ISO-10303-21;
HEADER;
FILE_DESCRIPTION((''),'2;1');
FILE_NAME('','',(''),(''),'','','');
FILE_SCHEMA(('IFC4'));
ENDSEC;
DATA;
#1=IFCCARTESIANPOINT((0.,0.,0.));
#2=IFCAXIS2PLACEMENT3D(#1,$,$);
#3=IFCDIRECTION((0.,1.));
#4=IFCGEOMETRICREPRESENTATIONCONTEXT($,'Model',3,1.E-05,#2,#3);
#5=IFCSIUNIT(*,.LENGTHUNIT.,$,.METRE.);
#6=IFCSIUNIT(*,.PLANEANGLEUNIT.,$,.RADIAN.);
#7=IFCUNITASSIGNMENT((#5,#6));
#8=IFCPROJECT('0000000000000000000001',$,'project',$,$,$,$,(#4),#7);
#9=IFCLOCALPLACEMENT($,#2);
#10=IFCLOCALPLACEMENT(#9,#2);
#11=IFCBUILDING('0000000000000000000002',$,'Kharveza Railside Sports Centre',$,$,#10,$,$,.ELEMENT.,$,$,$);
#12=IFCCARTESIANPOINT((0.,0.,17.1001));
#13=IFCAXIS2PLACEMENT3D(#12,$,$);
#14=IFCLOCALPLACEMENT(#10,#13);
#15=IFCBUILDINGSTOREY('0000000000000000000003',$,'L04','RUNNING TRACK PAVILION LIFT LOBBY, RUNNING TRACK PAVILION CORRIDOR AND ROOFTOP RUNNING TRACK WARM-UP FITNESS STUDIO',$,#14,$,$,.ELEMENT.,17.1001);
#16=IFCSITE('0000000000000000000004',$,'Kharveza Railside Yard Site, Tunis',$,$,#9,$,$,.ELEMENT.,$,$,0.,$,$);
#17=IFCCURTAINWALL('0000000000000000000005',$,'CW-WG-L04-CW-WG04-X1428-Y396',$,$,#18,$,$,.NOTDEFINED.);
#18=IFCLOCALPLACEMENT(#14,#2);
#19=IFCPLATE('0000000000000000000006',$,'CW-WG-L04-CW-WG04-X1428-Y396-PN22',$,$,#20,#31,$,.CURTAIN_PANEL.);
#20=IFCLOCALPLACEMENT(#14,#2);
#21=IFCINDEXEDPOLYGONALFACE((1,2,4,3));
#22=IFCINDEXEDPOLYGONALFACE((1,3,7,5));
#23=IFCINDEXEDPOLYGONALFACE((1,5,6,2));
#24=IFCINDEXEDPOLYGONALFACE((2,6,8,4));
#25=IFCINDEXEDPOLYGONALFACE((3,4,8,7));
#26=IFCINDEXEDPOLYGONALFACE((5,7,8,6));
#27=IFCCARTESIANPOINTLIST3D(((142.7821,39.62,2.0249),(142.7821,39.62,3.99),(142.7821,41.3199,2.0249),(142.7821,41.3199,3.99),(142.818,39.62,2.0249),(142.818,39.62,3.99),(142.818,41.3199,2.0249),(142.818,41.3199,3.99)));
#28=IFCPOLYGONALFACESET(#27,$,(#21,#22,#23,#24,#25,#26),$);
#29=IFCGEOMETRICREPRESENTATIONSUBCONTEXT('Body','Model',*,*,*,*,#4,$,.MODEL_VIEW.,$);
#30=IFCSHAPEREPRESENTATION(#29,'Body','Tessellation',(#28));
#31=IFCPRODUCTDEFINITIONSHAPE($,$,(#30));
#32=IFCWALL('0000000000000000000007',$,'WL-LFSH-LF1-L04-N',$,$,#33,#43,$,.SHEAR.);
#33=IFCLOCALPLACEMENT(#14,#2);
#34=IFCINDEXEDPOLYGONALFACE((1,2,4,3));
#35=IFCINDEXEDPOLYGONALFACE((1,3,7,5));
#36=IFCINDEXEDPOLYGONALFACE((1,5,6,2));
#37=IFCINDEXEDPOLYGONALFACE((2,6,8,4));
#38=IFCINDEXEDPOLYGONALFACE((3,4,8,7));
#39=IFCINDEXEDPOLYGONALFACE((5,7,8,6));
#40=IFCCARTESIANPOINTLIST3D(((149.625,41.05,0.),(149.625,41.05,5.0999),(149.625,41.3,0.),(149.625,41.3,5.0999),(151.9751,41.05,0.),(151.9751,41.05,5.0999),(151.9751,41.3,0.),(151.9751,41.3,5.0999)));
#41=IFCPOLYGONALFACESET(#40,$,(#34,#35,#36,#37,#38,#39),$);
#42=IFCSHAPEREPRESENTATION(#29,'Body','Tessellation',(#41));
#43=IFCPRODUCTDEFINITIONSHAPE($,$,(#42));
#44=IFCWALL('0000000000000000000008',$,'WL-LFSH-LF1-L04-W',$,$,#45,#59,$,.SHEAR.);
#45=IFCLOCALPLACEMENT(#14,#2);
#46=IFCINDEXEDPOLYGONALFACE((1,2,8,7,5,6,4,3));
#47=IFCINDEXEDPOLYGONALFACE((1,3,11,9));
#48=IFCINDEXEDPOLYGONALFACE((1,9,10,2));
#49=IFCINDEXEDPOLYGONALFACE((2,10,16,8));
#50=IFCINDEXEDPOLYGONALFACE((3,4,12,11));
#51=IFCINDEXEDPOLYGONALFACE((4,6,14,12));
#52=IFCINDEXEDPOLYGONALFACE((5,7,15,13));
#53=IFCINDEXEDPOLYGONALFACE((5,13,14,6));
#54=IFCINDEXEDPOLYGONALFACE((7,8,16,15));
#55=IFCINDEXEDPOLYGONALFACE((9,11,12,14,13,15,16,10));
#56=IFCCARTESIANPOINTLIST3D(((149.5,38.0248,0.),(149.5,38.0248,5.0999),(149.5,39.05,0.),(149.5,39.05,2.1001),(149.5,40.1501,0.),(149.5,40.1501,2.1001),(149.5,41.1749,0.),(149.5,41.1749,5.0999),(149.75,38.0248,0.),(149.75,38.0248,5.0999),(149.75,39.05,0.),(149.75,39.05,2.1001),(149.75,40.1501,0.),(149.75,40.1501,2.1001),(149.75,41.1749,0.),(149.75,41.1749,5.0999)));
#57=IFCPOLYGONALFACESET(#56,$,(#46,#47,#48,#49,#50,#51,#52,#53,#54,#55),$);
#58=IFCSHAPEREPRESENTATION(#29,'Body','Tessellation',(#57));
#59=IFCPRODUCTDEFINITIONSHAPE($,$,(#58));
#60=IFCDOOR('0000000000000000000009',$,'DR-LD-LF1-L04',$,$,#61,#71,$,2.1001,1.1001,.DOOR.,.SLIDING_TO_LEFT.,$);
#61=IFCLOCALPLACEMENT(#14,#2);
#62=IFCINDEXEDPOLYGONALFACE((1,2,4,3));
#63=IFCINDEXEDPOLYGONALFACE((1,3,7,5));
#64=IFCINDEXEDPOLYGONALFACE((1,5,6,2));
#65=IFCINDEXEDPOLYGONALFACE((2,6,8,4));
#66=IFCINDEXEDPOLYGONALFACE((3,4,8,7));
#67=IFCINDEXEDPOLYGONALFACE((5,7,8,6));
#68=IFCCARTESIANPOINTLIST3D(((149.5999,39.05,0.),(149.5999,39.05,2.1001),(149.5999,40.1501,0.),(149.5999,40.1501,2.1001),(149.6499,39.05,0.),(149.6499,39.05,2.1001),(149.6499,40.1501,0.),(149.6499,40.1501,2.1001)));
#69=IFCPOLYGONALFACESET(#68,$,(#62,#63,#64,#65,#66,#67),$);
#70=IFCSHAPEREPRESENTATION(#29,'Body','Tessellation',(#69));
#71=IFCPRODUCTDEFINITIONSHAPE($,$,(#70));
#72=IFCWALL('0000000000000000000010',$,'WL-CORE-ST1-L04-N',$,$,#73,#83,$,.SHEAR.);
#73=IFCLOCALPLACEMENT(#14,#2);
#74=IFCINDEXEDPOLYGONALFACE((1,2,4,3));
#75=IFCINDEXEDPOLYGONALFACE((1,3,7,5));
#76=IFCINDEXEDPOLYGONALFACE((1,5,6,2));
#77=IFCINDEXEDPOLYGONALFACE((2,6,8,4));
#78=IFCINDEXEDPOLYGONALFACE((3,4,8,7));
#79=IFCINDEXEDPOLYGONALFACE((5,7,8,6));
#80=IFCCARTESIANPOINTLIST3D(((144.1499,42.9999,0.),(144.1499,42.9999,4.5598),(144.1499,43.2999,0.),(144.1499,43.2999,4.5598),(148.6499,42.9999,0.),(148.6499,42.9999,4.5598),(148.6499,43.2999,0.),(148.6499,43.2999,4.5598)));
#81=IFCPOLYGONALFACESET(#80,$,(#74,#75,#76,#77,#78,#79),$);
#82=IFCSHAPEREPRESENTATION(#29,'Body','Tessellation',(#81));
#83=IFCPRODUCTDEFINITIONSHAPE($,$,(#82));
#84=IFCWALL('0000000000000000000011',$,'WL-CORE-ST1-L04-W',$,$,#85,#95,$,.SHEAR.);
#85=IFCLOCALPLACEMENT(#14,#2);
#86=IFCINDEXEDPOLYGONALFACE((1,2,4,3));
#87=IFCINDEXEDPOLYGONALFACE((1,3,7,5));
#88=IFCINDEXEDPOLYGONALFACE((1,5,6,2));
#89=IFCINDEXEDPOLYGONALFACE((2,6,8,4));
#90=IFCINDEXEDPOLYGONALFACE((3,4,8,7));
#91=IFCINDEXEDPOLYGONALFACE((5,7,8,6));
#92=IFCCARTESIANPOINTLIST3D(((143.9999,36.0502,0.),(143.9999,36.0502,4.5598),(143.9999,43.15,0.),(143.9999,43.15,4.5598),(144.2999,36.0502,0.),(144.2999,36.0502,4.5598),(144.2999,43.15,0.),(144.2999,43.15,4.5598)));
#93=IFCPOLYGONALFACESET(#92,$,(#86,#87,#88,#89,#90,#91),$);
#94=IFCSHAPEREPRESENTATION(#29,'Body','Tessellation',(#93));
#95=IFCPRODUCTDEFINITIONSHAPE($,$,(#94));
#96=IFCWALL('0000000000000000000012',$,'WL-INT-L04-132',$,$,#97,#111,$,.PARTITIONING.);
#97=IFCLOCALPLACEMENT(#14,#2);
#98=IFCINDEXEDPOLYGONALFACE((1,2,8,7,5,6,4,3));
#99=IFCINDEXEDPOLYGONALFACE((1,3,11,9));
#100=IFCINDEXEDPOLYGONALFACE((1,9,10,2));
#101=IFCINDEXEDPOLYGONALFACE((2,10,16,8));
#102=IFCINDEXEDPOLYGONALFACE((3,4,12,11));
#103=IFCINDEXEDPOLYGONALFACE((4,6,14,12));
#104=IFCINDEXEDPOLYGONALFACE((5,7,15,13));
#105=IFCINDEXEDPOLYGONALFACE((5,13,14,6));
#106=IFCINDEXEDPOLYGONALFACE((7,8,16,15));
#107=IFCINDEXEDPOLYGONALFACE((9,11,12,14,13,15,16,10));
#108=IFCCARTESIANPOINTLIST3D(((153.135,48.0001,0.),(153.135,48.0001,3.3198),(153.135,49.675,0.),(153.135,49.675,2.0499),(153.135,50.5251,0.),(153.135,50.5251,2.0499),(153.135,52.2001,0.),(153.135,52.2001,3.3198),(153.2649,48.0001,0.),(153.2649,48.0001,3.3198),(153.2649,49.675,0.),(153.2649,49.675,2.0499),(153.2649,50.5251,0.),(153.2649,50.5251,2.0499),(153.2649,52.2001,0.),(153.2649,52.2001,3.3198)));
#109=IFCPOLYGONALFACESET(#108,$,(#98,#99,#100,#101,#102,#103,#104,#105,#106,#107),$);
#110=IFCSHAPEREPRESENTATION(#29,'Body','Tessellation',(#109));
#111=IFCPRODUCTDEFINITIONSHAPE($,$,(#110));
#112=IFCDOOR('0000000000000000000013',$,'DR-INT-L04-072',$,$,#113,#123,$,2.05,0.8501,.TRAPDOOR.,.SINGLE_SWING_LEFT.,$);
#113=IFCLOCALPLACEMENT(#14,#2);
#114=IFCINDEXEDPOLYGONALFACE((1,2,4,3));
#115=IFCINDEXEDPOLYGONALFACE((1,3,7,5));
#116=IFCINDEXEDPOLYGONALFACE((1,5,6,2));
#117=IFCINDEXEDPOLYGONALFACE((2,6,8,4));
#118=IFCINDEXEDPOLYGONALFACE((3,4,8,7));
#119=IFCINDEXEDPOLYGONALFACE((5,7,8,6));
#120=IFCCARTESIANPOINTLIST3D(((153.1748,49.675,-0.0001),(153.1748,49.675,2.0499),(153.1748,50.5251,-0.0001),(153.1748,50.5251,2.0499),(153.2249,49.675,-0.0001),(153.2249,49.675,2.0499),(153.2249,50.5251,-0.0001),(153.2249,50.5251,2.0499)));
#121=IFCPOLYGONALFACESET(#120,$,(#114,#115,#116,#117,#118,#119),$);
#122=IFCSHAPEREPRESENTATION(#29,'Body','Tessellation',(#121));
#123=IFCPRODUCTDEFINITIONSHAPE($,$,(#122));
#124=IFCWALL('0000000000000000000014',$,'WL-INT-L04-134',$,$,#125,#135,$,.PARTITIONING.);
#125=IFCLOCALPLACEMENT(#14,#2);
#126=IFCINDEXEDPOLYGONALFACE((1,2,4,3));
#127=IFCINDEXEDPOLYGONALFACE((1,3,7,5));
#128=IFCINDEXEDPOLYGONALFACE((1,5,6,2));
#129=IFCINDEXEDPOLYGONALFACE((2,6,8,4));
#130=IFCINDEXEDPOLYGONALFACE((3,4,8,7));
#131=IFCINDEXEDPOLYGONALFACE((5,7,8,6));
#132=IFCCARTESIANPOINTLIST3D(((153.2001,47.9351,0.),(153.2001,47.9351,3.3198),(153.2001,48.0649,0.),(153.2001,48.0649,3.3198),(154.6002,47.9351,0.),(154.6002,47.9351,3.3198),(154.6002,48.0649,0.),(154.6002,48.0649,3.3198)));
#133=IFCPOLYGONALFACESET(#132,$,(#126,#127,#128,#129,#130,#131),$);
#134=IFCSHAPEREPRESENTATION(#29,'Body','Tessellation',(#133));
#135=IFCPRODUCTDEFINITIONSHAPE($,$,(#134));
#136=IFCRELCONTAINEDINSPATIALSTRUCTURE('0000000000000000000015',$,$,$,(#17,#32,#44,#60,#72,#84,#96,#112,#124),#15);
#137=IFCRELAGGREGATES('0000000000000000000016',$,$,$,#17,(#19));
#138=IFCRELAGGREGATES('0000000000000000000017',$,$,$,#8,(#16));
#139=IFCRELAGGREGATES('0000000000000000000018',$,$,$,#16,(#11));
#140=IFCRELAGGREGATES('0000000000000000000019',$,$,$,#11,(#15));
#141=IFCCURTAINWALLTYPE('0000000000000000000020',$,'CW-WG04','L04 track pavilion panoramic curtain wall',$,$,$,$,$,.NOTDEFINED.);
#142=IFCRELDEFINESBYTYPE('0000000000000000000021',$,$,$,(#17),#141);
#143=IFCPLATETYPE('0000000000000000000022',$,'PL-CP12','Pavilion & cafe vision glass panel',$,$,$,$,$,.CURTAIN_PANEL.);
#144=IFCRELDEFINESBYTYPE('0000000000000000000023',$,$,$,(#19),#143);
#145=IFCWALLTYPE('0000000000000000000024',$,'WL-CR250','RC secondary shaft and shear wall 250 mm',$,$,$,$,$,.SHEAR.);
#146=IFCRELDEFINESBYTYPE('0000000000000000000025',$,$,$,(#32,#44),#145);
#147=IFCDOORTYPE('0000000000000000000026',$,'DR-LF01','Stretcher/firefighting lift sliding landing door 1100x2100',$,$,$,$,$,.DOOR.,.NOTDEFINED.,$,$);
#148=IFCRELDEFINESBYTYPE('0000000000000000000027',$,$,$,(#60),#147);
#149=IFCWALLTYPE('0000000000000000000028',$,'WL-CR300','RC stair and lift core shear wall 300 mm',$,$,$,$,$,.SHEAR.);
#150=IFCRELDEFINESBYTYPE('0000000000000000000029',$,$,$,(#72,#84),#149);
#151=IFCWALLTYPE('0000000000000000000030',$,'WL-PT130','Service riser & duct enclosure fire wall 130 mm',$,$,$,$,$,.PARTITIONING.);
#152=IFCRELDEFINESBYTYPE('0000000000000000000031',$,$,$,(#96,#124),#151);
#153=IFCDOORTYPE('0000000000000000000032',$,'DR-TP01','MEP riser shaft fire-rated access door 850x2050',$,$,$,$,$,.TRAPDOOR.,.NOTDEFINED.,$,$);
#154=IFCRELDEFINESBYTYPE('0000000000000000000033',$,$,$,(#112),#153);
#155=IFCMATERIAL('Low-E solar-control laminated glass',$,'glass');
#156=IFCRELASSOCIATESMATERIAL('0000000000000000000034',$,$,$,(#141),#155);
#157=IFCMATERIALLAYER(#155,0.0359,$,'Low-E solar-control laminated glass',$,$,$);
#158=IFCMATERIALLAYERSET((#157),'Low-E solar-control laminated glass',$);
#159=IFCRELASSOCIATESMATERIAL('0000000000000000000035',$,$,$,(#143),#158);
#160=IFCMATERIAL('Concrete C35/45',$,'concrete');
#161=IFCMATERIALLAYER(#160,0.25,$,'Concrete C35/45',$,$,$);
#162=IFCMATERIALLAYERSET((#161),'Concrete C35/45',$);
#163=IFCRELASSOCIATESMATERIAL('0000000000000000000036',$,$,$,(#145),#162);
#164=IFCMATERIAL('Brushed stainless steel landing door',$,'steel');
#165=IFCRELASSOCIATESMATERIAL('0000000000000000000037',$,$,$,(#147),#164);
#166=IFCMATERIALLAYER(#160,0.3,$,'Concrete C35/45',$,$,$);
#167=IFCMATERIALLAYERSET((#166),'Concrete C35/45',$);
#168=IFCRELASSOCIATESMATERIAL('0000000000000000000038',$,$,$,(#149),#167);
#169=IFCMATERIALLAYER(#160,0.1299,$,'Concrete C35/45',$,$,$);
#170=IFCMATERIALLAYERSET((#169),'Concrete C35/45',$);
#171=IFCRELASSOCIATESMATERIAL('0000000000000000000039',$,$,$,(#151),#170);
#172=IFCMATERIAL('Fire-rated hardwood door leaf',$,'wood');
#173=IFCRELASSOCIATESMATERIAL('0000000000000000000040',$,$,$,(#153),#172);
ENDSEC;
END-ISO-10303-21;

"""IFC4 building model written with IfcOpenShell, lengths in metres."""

from ifc_helpers import new_model, si_unit, direction, frame, frame_2d, origin, origin_2d, place, context, subcontext, project, spatial, rectangle, extrude, material, layer, layer_set, type_object, element, fill, aggregate, save


model = new_model("IFC4")

# Units and contexts
model_context = context("Model", 3, precision=1e-05, world=origin(), true_north=direction((0.0, 1.0)))
body_context = subcontext(model_context, "Body", "Model", "MODEL_VIEW")
ifc_project = project(units=[si_unit("LENGTHUNIT", "METRE"), si_unit("PLANEANGLEUNIT", "RADIAN")], contexts=[model_context])

# Site, building, storey
site_placement = place(None, origin())
site = spatial("IfcSite", under=ifc_project, at=site_placement, Name="Kharveza Railside Yard Site, Tunis", CompositionType="ELEMENT", RefElevation=0.0)
building_placement = place(site_placement, origin())
building = spatial("IfcBuilding", under=site, at=building_placement, Name="Kharveza Railside Sports Centre", CompositionType="ELEMENT")
storey_placement = place(building_placement, frame((0.0, 0.0, 17.1001)))
storey = spatial("IfcBuildingStorey", under=building, at=storey_placement, Name="L04", Description="RUNNING TRACK PAVILION LIFT LOBBY, RUNNING TRACK PAVILION CORRIDOR AND ROOFTOP RUNNING TRACK WARM-UP FITNESS STUDIO", CompositionType="ELEMENT", Elevation=17.1001)

# Curtain wall
ifc_material_1 = material(Name="Low-E solar-control laminated glass", Category="glass")
curtain_wall_type = type_object("IfcCurtainWallType", Name="CW-WG04", Description="L04 track pavilion panoramic curtain wall", PredefinedType="NOTDEFINED", material=ifc_material_1)
curtain_wall_1_placement = place(storey_placement, origin())
curtain_wall_1 = element("IfcCurtainWall", 1, at=curtain_wall_1_placement, inside=storey, type_object=curtain_wall_type, Name="CW-WG-L04-CW-WG04-X1428-Y396", PredefinedType="NOTDEFINED")

# Plate
ifc_layer_1 = layer(ifc_material_1, 0.0359, Name="Low-E solar-control laminated glass")
ifc_layer_set_1 = layer_set([ifc_layer_1], Name="Low-E solar-control laminated glass")
plate_type_1 = type_object("IfcPlateType", Name="PL-CP12", Description="Pavilion & cafe vision glass panel", PredefinedType="CURTAIN_PANEL", material=ifc_layer_set_1)
plate_1_placement = place(storey_placement, frame((142.8, 40.47, 2.0249), z_axis=(0.0, 0.0, 1.0), x_axis=(0.0, -1.0, 0.0)))
plate_1 = element("IfcPlate", 2, at=plate_1_placement, type_object=plate_type_1, Name="CW-WG-L04-CW-WG04-X1428-Y396-PN22", PredefinedType="CURTAIN_PANEL", context=body_context, shape_type="SweptSolid", body=[
    extrude(rectangle(XDim=1.7, YDim=0.0359, at=origin_2d()), origin(), (0.0, 0.0, 1.0), 1.9651),
])
aggregate(curtain_wall_1, [plate_1])

# Wall
ifc_material_2 = material(Name="Concrete C35/45", Category="concrete")
ifc_layer_2 = layer(ifc_material_2, 0.25, Name="Concrete C35/45")
ifc_layer_set_2 = layer_set([ifc_layer_2], Name="Concrete C35/45")
wall_type_1 = type_object("IfcWallType", Name="WL-CR250", Description="RC secondary shaft and shear wall 250 mm", PredefinedType="SHEAR", material=ifc_layer_set_2)
wall_1_placement = place(storey_placement, frame((151.9751, 41.175, 0.0), z_axis=(0.0, 0.0, 1.0), x_axis=(-1.0, 0.0, 0.0)))
element("IfcWall", 3, at=wall_1_placement, inside=storey, type_object=wall_type_1, Name="WL-LFSH-LF1-L04-N", PredefinedType="SHEAR", context=body_context, shape_type="SweptSolid", body=[
    extrude(rectangle(XDim=2.3501, YDim=0.25, at=frame_2d((1.175, 0.0))), origin(), (0.0, 0.0, 1.0), 5.0999),
])

# Wall, opening, door
wall_2_placement = place(storey_placement, frame((149.625, 41.175, 0.0), z_axis=(0.0, 0.0, 1.0), x_axis=(0.0, -1.0, 0.0)))
wall_2 = element("IfcWall", 4, at=wall_2_placement, inside=storey, type_object=wall_type_1, Name="WL-LFSH-LF1-L04-W", PredefinedType="SHEAR", context=body_context, shape_type="SweptSolid", body=[
    extrude(rectangle(XDim=3.1501, YDim=0.25, at=frame_2d((1.5752, 0.0))), origin(), (0.0, 0.0, 1.0), 5.0999),
])
opening_1_placement = place(wall_2_placement, frame((1.0249, 0.0, 0.0)))
opening_1 = element("IfcOpeningElement", 5, at=opening_1_placement, cuts=wall_2, PredefinedType="OPENING", context=body_context, shape_type="SweptSolid", body=[
    extrude(rectangle(XDim=1.1001, YDim=2.1001, at=frame_2d((0.55, 1.05))), frame((0.0, 0.1499, 0.0), z_axis=(0.0, -1.0, 0.0), x_axis=(1.0, 0.0, 0.0)), (0.0, 0.0, 1.0), 0.2998),
])
ifc_material_3 = material(Name="Brushed stainless steel landing door", Category="steel")
door_type_1 = type_object("IfcDoorType", Name="DR-LF01", Description="Stretcher/firefighting lift sliding landing door 1100x2100", OperationType="NOTDEFINED", PredefinedType="DOOR", material=ifc_material_3)
door_1_placement = place(opening_1_placement, origin())
door_1 = element("IfcDoor", 6, at=door_1_placement, inside=storey, type_object=door_type_1, Name="DR-LD-LF1-L04", OperationType="SLIDING_TO_LEFT", OverallHeight=2.1001, OverallWidth=1.1001, PredefinedType="DOOR", context=body_context, shape_type="SweptSolid", body=[
    extrude(rectangle(XDim=1.1001, YDim=2.1001, at=frame_2d((0.55, 1.05))), frame((0.0, 0.0249, 0.0), z_axis=(0.0, -1.0, 0.0), x_axis=(1.0, 0.0, 0.0)), (0.0, 0.0, 1.0), 0.05),
])
fill(opening_1, door_1)

# Walls
ifc_layer_3 = layer(ifc_material_2, 0.3, Name="Concrete C35/45")
ifc_layer_set_3 = layer_set([ifc_layer_3], Name="Concrete C35/45")
wall_type_2 = type_object("IfcWallType", Name="WL-CR300", Description="RC stair and lift core shear wall 300 mm", PredefinedType="SHEAR", material=ifc_layer_set_3)
wall_3_placement = place(storey_placement, frame((148.6499, 43.1499, 0.0), z_axis=(0.0, 0.0, 1.0), x_axis=(-1.0, 0.0, 0.0)))
element("IfcWall", 7, at=wall_3_placement, inside=storey, type_object=wall_type_2, Name="WL-CORE-ST1-L04-N", PredefinedType="SHEAR", context=body_context, shape_type="SweptSolid", body=[
    extrude(rectangle(XDim=4.5, YDim=0.3, at=frame_2d((2.25, 0.0))), origin(), (0.0, 0.0, 1.0), 4.5598),
])
wall_4_placement = place(storey_placement, frame((144.1499, 43.1499, 0.0), z_axis=(0.0, 0.0, 1.0), x_axis=(0.0, -1.0, 0.0)))
element("IfcWall", 8, at=wall_4_placement, inside=storey, type_object=wall_type_2, Name="WL-CORE-ST1-L04-W", PredefinedType="SHEAR", context=body_context, shape_type="SweptSolid", body=[
    extrude(rectangle(XDim=7.0999, YDim=0.3, at=frame_2d((3.5498, 0.0))), origin(), (0.0, 0.0, 1.0), 4.5598),
])

# Wall, opening, door
ifc_layer_4 = layer(ifc_material_2, 0.1299, Name="Concrete C35/45")
ifc_layer_set_4 = layer_set([ifc_layer_4], Name="Concrete C35/45")
wall_type_3 = type_object("IfcWallType", Name="WL-PT130", Description="Service riser & duct enclosure fire wall 130 mm", PredefinedType="PARTITIONING", material=ifc_layer_set_4)
wall_5_placement = place(storey_placement, frame((153.2, 48.0, 0.0), z_axis=(0.0, 0.0, 1.0), x_axis=(0.0, 1.0, 0.0)))
wall_5 = element("IfcWall", 9, at=wall_5_placement, inside=storey, type_object=wall_type_3, Name="WL-INT-L04-132", PredefinedType="PARTITIONING", context=body_context, shape_type="SweptSolid", body=[
    extrude(rectangle(XDim=4.2, YDim=0.1299, at=frame_2d((2.1001, 0.0))), origin(), (0.0, 0.0, 1.0), 3.3198),
])
opening_2_placement = place(wall_5_placement, frame((1.675, 0.0, 0.0)))
opening_2 = element("IfcOpeningElement", 10, at=opening_2_placement, cuts=wall_5, PredefinedType="OPENING", context=body_context, shape_type="SweptSolid", body=[
    extrude(rectangle(XDim=0.8501, YDim=2.05, at=frame_2d((0.425, 1.0249))), frame((0.0, 0.0898, 0.0), z_axis=(0.0, -1.0, 0.0), x_axis=(1.0, 0.0, 0.0)), (0.0, 0.0, 1.0), 0.1797),
])
ifc_material_4 = material(Name="Fire-rated hardwood door leaf", Category="wood")
door_type_2 = type_object("IfcDoorType", Name="DR-TP01", Description="MEP riser shaft fire-rated access door 850x2050", OperationType="NOTDEFINED", PredefinedType="TRAPDOOR", material=ifc_material_4)
door_2_placement = place(opening_2_placement, frame((0.8501, 0.0, 0.0), z_axis=(0.0, 0.0, 1.0), x_axis=(-1.0, 0.0, 0.0)))
door_2 = element("IfcDoor", 11, at=door_2_placement, inside=storey, type_object=door_type_2, Name="DR-INT-L04-072", OperationType="SINGLE_SWING_LEFT", OverallHeight=2.05, OverallWidth=0.8501, PredefinedType="TRAPDOOR", context=body_context, shape_type="SweptSolid", body=[
    extrude(rectangle(XDim=0.8501, YDim=2.05, at=frame_2d((0.425, 1.0249))), frame((0.0, 0.0249, 0.0), z_axis=(0.0, -1.0, 0.0), x_axis=(1.0, 0.0, 0.0)), (0.0, 0.0, 1.0), 0.05),
])
fill(opening_2, door_2)

# Wall
wall_6_placement = place(storey_placement, frame((153.2, 48.0, 0.0), z_axis=(0.0, 0.0, 1.0), x_axis=(1.0, 0.0, 0.0)))
element("IfcWall", 12, at=wall_6_placement, inside=storey, type_object=wall_type_3, Name="WL-INT-L04-134", PredefinedType="PARTITIONING", context=body_context, shape_type="SweptSolid", body=[
    extrude(rectangle(XDim=1.4001, YDim=0.1299, at=frame_2d((0.7002, 0.0))), origin(), (0.0, 0.0, 1.0), 3.3198),
])

save(model, "model.ifc")
